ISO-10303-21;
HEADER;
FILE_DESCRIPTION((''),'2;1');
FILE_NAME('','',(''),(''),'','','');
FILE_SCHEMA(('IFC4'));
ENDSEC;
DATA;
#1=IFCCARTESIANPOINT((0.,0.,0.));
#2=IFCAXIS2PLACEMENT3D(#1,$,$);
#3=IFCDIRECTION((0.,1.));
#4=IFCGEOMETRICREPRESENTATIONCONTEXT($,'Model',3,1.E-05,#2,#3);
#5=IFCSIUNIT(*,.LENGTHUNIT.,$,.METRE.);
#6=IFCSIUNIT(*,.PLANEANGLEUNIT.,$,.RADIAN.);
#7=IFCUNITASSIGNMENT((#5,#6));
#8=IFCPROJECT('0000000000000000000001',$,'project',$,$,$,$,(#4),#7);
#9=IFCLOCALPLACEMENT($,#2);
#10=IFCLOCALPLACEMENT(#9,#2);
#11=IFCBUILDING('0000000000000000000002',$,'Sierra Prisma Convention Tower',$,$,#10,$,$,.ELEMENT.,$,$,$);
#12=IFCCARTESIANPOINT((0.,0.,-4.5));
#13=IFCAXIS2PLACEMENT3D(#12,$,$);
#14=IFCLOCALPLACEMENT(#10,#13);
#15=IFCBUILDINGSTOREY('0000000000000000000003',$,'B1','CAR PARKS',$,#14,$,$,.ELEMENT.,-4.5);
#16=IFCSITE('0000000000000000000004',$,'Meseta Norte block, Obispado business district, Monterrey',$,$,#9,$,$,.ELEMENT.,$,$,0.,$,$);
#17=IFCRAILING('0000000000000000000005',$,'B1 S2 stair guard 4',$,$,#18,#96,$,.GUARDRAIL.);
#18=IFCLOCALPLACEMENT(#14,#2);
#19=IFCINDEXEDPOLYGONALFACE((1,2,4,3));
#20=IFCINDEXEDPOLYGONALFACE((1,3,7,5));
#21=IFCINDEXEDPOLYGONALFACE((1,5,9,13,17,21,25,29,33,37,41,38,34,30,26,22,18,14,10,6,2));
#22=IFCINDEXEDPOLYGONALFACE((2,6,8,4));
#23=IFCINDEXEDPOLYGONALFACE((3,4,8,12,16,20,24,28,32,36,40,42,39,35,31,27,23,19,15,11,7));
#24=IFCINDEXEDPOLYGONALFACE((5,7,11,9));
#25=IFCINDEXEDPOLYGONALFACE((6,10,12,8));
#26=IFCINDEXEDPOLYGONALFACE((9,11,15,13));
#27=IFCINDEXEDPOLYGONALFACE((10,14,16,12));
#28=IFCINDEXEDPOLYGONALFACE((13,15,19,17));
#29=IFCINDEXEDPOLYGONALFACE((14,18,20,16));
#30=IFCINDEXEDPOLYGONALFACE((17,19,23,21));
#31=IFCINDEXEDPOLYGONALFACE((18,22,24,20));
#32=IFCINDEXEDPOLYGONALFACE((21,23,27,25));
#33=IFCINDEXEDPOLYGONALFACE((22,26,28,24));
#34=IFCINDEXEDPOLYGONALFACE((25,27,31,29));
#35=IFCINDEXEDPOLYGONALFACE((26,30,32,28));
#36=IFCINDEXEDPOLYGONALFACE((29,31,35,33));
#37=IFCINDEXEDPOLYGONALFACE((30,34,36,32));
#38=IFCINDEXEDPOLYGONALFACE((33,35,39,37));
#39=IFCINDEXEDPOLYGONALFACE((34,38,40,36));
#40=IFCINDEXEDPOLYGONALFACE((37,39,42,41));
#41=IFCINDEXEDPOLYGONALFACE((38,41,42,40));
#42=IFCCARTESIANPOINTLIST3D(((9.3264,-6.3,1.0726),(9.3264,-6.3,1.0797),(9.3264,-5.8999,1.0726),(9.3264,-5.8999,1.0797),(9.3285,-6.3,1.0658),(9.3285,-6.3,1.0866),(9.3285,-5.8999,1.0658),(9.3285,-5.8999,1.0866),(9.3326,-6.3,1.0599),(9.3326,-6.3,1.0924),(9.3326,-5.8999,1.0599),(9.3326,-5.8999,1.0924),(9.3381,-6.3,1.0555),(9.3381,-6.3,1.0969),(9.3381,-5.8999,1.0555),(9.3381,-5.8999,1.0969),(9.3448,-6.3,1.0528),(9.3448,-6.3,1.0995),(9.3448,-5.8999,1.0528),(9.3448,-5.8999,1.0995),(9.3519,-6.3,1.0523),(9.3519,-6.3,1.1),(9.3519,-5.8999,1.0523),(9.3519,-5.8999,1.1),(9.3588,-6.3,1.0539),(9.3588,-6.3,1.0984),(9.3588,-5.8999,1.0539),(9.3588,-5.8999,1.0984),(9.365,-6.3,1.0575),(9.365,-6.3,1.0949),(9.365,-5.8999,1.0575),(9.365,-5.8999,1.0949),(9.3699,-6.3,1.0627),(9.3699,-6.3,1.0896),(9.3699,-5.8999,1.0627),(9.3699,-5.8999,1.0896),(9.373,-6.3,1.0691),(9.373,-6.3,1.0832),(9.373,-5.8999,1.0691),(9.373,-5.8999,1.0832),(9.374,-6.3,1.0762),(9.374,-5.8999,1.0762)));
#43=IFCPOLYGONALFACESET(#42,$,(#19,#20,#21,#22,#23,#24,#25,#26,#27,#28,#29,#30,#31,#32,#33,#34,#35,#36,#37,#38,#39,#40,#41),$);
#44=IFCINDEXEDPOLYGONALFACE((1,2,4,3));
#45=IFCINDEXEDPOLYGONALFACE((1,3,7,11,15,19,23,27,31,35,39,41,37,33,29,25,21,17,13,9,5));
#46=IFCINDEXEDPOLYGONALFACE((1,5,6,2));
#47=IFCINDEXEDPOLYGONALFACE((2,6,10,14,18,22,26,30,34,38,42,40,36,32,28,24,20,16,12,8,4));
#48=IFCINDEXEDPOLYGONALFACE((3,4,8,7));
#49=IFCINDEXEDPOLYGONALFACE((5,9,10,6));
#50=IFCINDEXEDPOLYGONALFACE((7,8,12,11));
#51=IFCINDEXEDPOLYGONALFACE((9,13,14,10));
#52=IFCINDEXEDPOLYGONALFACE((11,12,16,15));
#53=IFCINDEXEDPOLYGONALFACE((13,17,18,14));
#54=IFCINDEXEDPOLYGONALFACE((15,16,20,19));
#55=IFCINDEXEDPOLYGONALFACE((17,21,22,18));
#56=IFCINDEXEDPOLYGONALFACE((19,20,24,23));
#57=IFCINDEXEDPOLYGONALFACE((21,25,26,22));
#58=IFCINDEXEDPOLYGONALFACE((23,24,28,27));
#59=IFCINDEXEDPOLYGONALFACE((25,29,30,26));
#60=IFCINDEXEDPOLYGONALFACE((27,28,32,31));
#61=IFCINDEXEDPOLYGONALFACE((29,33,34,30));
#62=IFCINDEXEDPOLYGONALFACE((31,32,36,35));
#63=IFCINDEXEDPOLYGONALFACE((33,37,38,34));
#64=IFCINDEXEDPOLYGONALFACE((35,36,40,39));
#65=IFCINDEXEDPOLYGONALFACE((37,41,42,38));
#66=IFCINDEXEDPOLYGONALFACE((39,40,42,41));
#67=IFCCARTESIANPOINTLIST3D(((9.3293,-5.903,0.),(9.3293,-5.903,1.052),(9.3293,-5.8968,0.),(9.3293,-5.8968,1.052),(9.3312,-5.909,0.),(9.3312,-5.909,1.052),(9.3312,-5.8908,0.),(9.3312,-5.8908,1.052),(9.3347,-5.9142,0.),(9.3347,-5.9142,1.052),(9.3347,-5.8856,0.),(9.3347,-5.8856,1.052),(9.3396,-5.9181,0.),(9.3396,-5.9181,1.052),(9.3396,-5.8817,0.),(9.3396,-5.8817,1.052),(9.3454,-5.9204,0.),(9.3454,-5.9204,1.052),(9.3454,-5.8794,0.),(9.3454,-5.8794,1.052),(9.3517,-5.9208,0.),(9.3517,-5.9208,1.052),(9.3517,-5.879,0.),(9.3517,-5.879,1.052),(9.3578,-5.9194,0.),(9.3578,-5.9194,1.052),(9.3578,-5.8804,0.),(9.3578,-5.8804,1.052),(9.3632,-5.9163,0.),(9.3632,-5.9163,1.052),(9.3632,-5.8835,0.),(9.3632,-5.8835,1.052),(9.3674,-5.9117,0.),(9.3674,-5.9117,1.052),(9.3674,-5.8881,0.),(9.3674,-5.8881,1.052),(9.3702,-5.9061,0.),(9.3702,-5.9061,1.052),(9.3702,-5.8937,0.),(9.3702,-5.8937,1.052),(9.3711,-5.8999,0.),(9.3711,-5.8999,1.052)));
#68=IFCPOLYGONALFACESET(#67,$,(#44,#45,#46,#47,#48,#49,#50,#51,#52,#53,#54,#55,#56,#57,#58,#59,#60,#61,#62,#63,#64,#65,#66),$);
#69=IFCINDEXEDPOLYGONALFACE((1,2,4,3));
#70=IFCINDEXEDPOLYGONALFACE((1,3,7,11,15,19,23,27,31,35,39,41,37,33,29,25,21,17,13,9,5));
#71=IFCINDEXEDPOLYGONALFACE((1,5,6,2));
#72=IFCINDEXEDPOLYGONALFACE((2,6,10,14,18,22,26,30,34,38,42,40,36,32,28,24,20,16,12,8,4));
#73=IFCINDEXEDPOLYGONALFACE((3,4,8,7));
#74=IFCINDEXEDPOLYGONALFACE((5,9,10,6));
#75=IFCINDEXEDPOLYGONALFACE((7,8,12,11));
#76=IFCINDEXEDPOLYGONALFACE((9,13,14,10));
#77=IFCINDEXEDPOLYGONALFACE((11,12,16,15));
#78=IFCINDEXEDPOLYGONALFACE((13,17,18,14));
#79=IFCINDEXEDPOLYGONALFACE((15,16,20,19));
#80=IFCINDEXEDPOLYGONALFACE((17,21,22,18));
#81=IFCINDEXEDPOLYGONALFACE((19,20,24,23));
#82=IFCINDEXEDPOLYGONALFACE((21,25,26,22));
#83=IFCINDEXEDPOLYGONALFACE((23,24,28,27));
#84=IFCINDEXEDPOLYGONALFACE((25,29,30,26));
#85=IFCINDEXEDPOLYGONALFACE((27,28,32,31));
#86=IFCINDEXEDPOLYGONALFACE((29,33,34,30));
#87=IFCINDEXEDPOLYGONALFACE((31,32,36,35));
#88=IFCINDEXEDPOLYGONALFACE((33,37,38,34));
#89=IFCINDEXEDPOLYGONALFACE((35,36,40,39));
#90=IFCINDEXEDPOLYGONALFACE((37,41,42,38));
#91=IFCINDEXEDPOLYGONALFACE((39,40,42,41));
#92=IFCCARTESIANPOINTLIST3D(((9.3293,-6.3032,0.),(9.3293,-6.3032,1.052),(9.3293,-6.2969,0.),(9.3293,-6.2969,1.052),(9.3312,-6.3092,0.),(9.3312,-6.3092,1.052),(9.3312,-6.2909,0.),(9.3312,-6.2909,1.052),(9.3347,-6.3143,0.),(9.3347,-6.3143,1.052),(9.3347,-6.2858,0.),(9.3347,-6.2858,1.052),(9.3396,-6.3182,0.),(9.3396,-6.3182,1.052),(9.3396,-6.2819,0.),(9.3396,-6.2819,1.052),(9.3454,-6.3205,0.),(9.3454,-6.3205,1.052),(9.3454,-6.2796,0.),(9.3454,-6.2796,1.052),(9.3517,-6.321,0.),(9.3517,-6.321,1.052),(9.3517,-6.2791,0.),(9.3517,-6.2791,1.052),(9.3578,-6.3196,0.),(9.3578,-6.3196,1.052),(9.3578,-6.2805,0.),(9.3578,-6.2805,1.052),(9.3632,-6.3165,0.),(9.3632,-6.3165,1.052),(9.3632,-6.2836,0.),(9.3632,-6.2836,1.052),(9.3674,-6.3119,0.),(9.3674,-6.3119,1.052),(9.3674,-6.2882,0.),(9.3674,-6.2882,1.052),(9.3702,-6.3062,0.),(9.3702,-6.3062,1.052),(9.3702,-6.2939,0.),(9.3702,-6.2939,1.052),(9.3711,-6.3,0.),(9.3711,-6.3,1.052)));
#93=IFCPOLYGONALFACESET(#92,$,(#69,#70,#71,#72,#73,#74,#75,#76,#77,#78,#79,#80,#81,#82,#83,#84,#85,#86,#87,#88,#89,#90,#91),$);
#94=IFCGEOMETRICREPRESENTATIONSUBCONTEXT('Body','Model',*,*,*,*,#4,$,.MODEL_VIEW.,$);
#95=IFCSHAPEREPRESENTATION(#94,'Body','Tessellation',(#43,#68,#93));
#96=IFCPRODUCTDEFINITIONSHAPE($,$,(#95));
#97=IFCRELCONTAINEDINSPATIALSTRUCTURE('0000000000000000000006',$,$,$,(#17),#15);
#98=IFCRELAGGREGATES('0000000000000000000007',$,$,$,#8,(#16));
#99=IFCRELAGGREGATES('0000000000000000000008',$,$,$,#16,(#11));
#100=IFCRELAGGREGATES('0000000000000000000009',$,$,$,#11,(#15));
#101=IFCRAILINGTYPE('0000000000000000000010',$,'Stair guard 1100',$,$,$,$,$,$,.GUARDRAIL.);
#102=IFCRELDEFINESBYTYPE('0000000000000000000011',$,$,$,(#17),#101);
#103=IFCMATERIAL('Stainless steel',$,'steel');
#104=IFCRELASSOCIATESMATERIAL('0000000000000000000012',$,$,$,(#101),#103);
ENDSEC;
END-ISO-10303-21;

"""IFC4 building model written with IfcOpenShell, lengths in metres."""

from ifc_helpers import new_model, si_unit, direction, frame, origin, origin_2d, place, context, subcontext, project, spatial, circle, extrude, material, type_object, element, save


model = new_model("IFC4")

# Units and contexts
model_context = context("Model", 3, precision=1e-05, world=origin(), true_north=direction((0.0, 1.0)))
body_context = subcontext(model_context, "Body", "Model", "MODEL_VIEW")
ifc_project = project(units=[si_unit("LENGTHUNIT", "METRE"), si_unit("PLANEANGLEUNIT", "RADIAN")], contexts=[model_context])

# Site, building, storey
site_placement = place(None, origin())
site = spatial("IfcSite", under=ifc_project, at=site_placement, Name="Meseta Norte block, Obispado business district, Monterrey", CompositionType="ELEMENT", RefElevation=0.0)
building_placement = place(site_placement, origin())
building = spatial("IfcBuilding", under=site, at=building_placement, Name="Sierra Prisma Convention Tower", CompositionType="ELEMENT")
storey_placement = place(building_placement, frame((0.0, 0.0, -4.5)))
storey = spatial("IfcBuildingStorey", under=building, at=storey_placement, Name="B1", Description="CAR PARKS", CompositionType="ELEMENT", Elevation=-4.5)

# Railing
ifc_material_1 = material(Name="Stainless steel", Category="steel")
railing_type_1 = type_object("IfcRailingType", Name="Stair guard 1100", PredefinedType="GUARDRAIL", material=ifc_material_1)
railing_1_placement = place(storey_placement, frame((9.3501, -5.8999, 0.0)))
element("IfcRailing", 1, at=railing_1_placement, inside=storey, type_object=railing_type_1, Name="B1 S2 stair guard 4", PredefinedType="GUARDRAIL", context=body_context, shape_type="SweptSolid", body=[
    extrude(circle(Radius=0.0239, at=origin_2d()), frame((0.0, 0.0, 1.0762), z_axis=(0.0, -1.0, 0.0), x_axis=(1.0, 0.0, 0.0)), (0.0, 0.0, 1.0), 0.4001),
    extrude(circle(Radius=0.021, at=origin_2d()), origin(), (0.0, 0.0, 1.0), 1.052),
    extrude(circle(Radius=0.021, at=origin_2d()), frame((0.0, -0.4001, 0.0)), (0.0, 0.0, 1.0), 1.052),
])

save(model, "model.ifc")
